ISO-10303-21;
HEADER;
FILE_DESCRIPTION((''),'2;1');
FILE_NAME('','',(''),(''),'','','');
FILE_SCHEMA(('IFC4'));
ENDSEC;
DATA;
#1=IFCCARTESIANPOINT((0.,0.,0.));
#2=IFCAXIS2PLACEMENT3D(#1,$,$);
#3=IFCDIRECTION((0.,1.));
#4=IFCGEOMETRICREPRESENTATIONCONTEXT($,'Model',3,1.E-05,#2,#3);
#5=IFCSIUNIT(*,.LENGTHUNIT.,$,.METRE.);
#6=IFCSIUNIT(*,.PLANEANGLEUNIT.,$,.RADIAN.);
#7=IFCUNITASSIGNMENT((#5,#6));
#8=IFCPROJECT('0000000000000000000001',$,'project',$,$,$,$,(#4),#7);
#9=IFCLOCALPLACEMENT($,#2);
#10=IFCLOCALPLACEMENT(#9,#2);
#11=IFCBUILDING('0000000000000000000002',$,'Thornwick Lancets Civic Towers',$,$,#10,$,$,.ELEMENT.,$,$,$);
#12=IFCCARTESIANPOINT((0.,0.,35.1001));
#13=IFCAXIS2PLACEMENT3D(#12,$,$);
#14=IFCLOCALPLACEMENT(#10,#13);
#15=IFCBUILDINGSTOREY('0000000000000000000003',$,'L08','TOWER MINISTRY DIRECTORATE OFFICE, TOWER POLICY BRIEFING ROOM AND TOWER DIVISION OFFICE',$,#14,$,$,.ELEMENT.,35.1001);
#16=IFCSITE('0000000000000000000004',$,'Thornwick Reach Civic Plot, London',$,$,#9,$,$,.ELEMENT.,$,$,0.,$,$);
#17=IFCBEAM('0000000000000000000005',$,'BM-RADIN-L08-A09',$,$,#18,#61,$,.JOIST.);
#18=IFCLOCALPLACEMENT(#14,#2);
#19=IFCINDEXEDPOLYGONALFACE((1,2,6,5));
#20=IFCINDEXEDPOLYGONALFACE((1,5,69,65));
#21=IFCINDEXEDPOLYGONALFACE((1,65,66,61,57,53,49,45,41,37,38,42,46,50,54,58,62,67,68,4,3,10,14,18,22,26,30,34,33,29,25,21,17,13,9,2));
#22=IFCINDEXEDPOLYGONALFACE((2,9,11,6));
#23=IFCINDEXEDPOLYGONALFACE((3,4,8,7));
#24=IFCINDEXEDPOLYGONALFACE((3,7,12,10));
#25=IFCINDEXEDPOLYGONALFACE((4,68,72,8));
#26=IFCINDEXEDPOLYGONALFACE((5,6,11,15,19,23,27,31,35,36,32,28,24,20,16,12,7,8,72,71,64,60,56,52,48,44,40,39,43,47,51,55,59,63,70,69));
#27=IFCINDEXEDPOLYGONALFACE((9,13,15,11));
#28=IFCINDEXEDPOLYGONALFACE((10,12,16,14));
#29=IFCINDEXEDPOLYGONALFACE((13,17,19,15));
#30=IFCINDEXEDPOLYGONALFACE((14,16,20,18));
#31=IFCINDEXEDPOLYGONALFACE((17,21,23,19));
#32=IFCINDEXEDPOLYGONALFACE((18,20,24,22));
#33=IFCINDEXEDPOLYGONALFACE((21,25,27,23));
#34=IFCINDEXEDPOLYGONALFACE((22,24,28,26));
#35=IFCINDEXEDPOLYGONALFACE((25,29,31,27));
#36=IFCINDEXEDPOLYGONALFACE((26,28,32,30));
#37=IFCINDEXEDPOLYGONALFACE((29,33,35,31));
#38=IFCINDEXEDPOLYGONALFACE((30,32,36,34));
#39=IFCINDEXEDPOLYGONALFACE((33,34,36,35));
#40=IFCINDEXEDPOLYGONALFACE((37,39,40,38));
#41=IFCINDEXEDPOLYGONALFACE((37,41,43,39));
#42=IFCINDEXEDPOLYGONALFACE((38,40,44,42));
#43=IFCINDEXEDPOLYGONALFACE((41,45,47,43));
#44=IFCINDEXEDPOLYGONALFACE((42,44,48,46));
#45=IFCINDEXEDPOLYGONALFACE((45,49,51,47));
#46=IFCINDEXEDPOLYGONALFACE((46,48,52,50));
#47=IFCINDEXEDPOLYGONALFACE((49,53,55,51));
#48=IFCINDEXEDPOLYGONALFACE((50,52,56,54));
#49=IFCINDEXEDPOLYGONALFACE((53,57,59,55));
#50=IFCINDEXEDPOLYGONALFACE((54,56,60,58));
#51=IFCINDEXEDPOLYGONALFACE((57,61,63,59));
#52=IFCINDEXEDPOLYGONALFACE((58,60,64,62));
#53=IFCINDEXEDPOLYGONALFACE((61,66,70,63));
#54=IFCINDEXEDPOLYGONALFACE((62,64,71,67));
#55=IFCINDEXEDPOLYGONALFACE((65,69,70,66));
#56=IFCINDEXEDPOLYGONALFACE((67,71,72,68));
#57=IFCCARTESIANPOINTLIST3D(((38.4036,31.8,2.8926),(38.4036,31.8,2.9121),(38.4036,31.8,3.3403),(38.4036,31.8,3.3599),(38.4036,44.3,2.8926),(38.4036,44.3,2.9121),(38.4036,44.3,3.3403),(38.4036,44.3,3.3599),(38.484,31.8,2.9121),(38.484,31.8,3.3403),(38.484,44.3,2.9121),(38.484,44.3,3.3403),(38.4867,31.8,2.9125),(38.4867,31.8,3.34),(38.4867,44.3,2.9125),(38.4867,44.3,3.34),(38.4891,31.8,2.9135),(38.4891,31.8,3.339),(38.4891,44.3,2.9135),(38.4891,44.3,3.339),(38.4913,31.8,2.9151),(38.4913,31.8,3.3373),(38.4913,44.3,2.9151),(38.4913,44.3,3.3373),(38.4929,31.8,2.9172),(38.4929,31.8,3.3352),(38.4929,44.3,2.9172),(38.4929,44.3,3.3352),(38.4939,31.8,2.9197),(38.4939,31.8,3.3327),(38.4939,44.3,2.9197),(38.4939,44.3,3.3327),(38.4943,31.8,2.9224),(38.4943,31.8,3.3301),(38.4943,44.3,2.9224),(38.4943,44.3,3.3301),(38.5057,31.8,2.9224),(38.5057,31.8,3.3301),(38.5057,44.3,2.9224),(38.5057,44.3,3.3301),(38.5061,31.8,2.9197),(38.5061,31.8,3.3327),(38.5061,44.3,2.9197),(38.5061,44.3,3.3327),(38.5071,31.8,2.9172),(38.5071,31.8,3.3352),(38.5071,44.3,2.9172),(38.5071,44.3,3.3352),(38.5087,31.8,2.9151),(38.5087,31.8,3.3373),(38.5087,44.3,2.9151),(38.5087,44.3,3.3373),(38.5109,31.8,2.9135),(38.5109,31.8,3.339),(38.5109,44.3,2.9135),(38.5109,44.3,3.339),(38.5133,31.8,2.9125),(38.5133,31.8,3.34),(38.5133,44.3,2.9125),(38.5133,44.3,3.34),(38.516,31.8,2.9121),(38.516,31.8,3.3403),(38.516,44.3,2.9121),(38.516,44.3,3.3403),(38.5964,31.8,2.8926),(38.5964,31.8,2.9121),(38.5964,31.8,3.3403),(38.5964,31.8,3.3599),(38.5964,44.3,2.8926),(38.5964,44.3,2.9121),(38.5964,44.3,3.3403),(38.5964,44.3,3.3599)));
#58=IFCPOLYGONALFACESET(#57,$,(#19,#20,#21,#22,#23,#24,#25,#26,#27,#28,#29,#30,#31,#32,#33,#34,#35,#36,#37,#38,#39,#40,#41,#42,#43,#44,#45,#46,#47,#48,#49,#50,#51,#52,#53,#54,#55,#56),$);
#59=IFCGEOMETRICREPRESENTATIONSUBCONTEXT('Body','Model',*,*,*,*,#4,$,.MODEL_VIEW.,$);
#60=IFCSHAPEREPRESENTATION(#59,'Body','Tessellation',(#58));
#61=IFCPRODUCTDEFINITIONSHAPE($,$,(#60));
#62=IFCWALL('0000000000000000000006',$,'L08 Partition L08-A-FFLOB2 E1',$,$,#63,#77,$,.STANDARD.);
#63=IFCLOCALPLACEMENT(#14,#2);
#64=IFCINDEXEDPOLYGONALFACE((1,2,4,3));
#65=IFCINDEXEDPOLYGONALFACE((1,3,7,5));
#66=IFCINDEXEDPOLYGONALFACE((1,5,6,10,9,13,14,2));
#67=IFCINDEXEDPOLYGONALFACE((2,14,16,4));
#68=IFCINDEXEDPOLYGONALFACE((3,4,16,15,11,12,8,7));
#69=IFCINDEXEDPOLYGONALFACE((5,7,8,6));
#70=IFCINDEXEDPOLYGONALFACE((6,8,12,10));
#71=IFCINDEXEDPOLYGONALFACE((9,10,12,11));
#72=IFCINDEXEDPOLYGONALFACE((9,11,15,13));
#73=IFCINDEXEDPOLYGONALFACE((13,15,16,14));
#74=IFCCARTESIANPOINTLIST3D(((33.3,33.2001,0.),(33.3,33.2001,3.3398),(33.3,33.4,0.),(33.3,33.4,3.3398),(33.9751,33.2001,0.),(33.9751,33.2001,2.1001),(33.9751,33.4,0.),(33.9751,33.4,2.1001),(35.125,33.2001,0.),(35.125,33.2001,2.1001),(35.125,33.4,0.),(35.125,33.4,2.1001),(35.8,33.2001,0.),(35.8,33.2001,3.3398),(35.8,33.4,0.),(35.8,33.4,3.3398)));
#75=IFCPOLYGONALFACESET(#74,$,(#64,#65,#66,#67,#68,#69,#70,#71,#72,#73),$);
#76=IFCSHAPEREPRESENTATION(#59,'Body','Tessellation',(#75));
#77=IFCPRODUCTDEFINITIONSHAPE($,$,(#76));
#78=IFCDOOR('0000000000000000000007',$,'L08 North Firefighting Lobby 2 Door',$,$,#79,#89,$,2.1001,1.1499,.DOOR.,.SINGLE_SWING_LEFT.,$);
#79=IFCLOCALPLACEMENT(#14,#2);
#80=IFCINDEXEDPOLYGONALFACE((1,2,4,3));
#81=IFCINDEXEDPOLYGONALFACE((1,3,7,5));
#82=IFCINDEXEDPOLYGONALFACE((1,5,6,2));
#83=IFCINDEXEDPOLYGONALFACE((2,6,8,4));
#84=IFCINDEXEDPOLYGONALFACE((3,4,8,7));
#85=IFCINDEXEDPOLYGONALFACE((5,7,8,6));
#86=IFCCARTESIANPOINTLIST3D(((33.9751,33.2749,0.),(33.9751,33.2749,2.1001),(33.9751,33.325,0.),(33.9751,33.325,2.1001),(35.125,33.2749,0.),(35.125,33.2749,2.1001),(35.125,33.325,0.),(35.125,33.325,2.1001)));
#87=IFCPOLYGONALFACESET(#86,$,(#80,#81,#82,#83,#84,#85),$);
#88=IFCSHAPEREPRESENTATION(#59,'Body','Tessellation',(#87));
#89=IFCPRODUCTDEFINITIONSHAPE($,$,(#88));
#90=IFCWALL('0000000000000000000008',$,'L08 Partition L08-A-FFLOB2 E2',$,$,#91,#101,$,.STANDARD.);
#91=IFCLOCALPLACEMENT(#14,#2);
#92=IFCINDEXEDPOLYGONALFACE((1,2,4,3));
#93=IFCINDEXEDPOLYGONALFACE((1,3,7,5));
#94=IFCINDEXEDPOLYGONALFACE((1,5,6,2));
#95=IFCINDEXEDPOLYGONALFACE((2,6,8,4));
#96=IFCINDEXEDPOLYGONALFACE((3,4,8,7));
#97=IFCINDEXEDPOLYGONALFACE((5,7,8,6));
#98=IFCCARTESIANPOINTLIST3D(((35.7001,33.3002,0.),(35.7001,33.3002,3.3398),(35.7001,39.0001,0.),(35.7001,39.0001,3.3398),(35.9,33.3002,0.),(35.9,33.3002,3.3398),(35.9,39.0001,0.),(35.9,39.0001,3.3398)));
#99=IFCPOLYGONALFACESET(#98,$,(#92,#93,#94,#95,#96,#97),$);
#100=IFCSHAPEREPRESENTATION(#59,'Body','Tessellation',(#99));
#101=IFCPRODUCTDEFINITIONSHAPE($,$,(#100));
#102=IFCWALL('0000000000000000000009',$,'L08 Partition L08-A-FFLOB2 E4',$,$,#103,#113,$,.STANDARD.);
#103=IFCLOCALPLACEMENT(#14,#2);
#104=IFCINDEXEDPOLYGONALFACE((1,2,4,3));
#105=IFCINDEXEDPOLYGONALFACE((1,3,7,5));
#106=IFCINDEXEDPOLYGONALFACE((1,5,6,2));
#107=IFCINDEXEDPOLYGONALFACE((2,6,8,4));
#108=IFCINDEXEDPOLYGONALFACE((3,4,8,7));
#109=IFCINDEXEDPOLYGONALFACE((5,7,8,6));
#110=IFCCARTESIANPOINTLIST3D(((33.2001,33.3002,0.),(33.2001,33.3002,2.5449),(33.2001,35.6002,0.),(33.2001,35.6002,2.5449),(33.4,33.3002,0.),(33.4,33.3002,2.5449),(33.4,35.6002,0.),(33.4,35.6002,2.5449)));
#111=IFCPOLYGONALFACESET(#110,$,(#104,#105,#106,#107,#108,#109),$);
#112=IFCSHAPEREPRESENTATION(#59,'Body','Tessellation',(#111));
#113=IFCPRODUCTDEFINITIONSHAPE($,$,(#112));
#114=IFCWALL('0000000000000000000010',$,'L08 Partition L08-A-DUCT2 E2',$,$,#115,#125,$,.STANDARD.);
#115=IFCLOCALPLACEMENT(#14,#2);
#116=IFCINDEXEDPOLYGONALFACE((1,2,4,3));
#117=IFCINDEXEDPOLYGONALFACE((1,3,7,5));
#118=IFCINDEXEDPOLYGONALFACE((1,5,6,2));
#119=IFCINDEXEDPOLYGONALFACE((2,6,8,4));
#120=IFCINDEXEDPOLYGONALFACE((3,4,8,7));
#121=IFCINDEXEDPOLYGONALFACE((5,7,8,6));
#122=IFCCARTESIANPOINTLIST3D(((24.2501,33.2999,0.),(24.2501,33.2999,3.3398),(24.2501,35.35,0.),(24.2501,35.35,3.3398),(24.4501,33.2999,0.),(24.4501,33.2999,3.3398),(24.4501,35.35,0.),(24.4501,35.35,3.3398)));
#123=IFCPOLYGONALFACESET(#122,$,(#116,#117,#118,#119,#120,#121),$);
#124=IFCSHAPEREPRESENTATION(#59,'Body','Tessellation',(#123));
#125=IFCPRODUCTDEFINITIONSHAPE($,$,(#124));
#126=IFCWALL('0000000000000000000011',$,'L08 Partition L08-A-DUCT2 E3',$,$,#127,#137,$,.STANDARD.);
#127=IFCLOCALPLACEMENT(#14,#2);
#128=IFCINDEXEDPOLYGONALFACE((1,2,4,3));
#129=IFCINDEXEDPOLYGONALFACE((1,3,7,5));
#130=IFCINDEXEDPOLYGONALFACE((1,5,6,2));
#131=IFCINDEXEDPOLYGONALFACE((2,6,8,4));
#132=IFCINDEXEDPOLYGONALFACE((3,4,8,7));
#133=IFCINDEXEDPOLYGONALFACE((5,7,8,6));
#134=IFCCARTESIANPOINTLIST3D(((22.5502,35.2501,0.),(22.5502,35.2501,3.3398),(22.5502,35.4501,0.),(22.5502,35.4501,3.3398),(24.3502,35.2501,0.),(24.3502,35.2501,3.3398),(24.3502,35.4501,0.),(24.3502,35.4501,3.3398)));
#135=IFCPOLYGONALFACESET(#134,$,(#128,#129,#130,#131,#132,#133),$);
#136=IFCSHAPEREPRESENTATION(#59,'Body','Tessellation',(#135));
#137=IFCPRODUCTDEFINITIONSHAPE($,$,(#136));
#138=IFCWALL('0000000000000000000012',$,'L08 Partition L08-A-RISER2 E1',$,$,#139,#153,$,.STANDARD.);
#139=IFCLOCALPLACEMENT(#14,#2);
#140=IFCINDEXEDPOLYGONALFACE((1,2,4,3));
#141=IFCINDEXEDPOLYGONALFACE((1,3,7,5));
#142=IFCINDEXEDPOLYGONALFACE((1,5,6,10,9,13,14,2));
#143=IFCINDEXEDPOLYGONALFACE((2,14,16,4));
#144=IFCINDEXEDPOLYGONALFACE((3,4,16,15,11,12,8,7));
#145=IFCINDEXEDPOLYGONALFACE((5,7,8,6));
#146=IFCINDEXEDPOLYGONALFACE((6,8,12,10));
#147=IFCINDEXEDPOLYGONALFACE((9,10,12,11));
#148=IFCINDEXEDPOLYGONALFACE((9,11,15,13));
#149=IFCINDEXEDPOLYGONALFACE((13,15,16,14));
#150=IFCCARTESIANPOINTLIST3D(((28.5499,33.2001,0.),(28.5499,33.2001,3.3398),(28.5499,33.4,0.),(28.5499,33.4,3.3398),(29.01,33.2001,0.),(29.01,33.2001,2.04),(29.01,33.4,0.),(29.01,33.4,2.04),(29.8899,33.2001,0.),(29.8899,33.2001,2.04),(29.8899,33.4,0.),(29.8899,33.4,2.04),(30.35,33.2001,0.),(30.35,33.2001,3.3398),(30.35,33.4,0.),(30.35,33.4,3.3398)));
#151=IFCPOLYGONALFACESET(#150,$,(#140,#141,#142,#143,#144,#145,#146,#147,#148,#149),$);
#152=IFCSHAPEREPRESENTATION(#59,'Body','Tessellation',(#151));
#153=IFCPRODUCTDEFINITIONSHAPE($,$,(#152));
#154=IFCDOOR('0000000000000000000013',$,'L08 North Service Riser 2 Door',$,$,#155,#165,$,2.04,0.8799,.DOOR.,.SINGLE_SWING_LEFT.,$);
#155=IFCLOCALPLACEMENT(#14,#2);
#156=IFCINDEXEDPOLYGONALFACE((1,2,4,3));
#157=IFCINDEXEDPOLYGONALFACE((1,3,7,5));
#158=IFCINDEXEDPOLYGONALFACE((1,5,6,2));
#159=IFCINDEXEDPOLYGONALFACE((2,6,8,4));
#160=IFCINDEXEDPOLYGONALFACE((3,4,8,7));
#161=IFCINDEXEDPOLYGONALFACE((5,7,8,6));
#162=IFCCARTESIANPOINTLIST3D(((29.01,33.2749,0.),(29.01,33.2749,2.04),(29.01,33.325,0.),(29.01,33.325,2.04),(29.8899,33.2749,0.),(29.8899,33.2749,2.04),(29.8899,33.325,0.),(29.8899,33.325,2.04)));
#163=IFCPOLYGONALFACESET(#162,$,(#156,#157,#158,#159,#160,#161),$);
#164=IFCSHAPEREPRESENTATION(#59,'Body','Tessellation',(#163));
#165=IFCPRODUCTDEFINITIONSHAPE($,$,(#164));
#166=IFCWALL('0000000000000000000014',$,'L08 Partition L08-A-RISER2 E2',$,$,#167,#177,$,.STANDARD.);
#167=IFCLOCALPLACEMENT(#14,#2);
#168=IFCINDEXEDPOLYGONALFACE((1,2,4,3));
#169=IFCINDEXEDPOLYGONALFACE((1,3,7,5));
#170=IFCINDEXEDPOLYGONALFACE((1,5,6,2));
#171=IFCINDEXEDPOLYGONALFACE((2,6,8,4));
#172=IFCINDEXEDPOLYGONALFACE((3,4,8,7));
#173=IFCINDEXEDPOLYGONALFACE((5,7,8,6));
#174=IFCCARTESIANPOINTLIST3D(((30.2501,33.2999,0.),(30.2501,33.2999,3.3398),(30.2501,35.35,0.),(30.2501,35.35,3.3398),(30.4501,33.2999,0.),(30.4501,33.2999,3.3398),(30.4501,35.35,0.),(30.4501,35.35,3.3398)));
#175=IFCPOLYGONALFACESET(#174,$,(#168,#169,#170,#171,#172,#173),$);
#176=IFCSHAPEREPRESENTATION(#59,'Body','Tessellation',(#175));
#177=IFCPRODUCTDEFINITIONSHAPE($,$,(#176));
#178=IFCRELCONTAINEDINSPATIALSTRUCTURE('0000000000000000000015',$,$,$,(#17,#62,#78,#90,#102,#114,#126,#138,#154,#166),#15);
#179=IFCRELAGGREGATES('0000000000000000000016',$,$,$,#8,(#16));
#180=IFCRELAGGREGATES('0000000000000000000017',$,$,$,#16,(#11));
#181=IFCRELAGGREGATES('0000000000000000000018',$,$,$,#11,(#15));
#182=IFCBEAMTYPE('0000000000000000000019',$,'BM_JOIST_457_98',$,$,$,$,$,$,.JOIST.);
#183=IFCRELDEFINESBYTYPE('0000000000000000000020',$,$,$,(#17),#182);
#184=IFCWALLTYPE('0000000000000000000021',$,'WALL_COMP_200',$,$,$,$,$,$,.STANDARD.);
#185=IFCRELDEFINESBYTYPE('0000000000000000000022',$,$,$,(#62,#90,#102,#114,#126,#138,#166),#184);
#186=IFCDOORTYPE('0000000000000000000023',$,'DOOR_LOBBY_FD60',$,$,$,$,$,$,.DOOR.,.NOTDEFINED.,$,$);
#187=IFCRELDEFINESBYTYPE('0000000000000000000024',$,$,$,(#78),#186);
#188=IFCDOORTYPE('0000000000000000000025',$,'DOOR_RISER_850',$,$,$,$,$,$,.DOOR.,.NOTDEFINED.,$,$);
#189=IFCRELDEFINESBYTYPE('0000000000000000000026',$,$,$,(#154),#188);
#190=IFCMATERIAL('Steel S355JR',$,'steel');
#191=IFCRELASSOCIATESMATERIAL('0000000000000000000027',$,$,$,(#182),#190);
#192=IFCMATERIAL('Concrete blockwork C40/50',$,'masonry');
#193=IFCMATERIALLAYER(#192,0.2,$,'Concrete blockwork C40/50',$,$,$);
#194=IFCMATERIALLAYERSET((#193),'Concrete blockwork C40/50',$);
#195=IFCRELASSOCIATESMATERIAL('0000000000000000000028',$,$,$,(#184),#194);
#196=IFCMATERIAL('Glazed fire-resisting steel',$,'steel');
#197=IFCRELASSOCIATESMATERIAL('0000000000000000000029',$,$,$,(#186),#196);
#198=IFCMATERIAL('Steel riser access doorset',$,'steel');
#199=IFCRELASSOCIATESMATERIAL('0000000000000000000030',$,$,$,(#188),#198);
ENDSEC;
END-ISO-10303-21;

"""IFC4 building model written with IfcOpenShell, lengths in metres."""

from ifc_helpers import new_model, si_unit, direction, frame, frame_2d, origin, origin_2d, place, context, subcontext, project, spatial, rectangle, i_section, extrude, material, layer, layer_set, material_profile, profile_set, type_object, element, fill, save


model = new_model("IFC4")

# Units and contexts
model_context = context("Model", 3, precision=1e-05, world=origin(), true_north=direction((0.0, 1.0)))
body_context = subcontext(model_context, "Body", "Model", "MODEL_VIEW")
ifc_project = project(units=[si_unit("LENGTHUNIT", "METRE"), si_unit("PLANEANGLEUNIT", "RADIAN")], contexts=[model_context])

# Site, building, storey
site_placement = place(None, origin())
site = spatial("IfcSite", under=ifc_project, at=site_placement, Name="Thornwick Reach Civic Plot, London", CompositionType="ELEMENT", RefElevation=0.0)
building_placement = place(site_placement, origin())
building = spatial("IfcBuilding", under=site, at=building_placement, Name="Thornwick Lancets Civic Towers", CompositionType="ELEMENT")
storey_placement = place(building_placement, frame((0.0, 0.0, 35.1001)))
storey = spatial("IfcBuildingStorey", under=building, at=storey_placement, Name="L08", Description="TOWER MINISTRY DIRECTORATE OFFICE, TOWER POLICY BRIEFING ROOM AND TOWER DIVISION OFFICE", CompositionType="ELEMENT", Elevation=35.1001)

# Beam
ifc_material_1 = material(Name="Steel S355JR", Category="steel")
ifc_material_profile_1 = material_profile(ifc_material_1, i_section(OverallWidth=0.1929, OverallDepth=0.4673, WebThickness=0.0115, FlangeThickness=0.0195, FilletRadius=0.0103, at=origin_2d()), Name="UKB 457x191x98")
ifc_profile_set_1 = profile_set([ifc_material_profile_1], Name="Steel S355JR")
beam_type_1 = type_object("IfcBeamType", Name="BM_JOIST_457_98", PredefinedType="JOIST", material=ifc_profile_set_1)
beam_1_placement = place(storey_placement, frame((38.5, 31.8, 3.1262), z_axis=(0.0, 1.0, 0.0), x_axis=(-1.0, 0.0, 0.0)))
element("IfcBeam", 1, at=beam_1_placement, inside=storey, type_object=beam_type_1, Name="BM-RADIN-L08-A09", PredefinedType="JOIST", context=body_context, shape_type="SweptSolid", body=[
    extrude(i_section(OverallWidth=0.1929, OverallDepth=0.4673, WebThickness=0.0115, FlangeThickness=0.0195, FilletRadius=0.0103, at=origin_2d()), origin(), (0.0, 0.0, 1.0), 12.5),
])

# Wall, opening, door
ifc_material_2 = material(Name="Concrete blockwork C40/50", Category="masonry")
ifc_layer_1 = layer(ifc_material_2, 0.2, Name="Concrete blockwork C40/50")
ifc_layer_set_1 = layer_set([ifc_layer_1], Name="Concrete blockwork C40/50")
wall_type_1 = type_object("IfcWallType", Name="WALL_COMP_200", PredefinedType="STANDARD", material=ifc_layer_set_1)
wall_1_placement = place(storey_placement, frame((33.3, 33.3, 0.0), z_axis=(0.0, 0.0, 1.0), x_axis=(1.0, 0.0, 0.0)))
wall_1 = element("IfcWall", 2, at=wall_1_placement, inside=storey, type_object=wall_type_1, Name="L08 Partition L08-A-FFLOB2 E1", PredefinedType="STANDARD", context=body_context, shape_type="SweptSolid", body=[
    extrude(rectangle(XDim=2.5, YDim=0.2, at=frame_2d((1.25, 0.0))), origin(), (0.0, 0.0, 1.0), 3.3398),
])
opening_1_placement = place(wall_1_placement, frame((0.675, 0.0, 0.0)))
opening_1 = element("IfcOpeningElement", 3, at=opening_1_placement, cuts=wall_1, PredefinedType="OPENING", context=body_context, shape_type="SweptSolid", body=[
    extrude(rectangle(XDim=1.1499, YDim=2.1001, at=frame_2d((0.575, 1.05))), frame((0.0, 0.1099, 0.0), z_axis=(0.0, -1.0, 0.0), x_axis=(1.0, 0.0, 0.0)), (0.0, 0.0, 1.0), 0.22),
])
ifc_material_3 = material(Name="Glazed fire-resisting steel", Category="steel")
door_type_1 = type_object("IfcDoorType", Name="DOOR_LOBBY_FD60", OperationType="NOTDEFINED", PredefinedType="DOOR", material=ifc_material_3)
door_1_placement = place(opening_1_placement, origin())
door_1 = element("IfcDoor", 4, at=door_1_placement, inside=storey, type_object=door_type_1, Name="L08 North Firefighting Lobby 2 Door", OperationType="SINGLE_SWING_LEFT", OverallHeight=2.1001, OverallWidth=1.1499, PredefinedType="DOOR", context=body_context, shape_type="SweptSolid", body=[
    extrude(rectangle(XDim=1.1499, YDim=2.1001, at=frame_2d((0.575, 1.05))), frame((0.0, 0.0249, 0.0), z_axis=(0.0, -1.0, 0.0), x_axis=(1.0, 0.0, 0.0)), (0.0, 0.0, 1.0), 0.05),
])
fill(opening_1, door_1)

# Walls
wall_2_placement = place(storey_placement, frame((35.8, 33.3, 0.0), z_axis=(0.0, 0.0, 1.0), x_axis=(0.0, 1.0, 0.0)))
element("IfcWall", 5, at=wall_2_placement, inside=storey, type_object=wall_type_1, Name="L08 Partition L08-A-FFLOB2 E2", PredefinedType="STANDARD", context=body_context, shape_type="SweptSolid", body=[
    extrude(rectangle(XDim=5.7, YDim=0.2, at=frame_2d((2.8501, 0.0))), origin(), (0.0, 0.0, 1.0), 3.3398),
])
wall_3_placement = place(storey_placement, frame((33.3, 35.6001, 0.0), z_axis=(0.0, 0.0, 1.0), x_axis=(0.0, -1.0, 0.0)))
element("IfcWall", 6, at=wall_3_placement, inside=storey, type_object=wall_type_1, Name="L08 Partition L08-A-FFLOB2 E4", PredefinedType="STANDARD", context=body_context, shape_type="SweptSolid", body=[
    extrude(rectangle(XDim=2.3, YDim=0.2, at=frame_2d((1.1499, 0.0))), origin(), (0.0, 0.0, 1.0), 2.5449),
])
wall_4_placement = place(storey_placement, frame((24.3501, 33.3, 0.0), z_axis=(0.0, 0.0, 1.0), x_axis=(0.0, 1.0, 0.0)))
element("IfcWall", 7, at=wall_4_placement, inside=storey, type_object=wall_type_1, Name="L08 Partition L08-A-DUCT2 E2", PredefinedType="STANDARD", context=body_context, shape_type="SweptSolid", body=[
    extrude(rectangle(XDim=2.05, YDim=0.2, at=frame_2d((1.0249, 0.0))), origin(), (0.0, 0.0, 1.0), 3.3398),
])
wall_5_placement = place(storey_placement, frame((24.3501, 35.3501, 0.0), z_axis=(0.0, 0.0, 1.0), x_axis=(-1.0, 0.0, 0.0)))
element("IfcWall", 8, at=wall_5_placement, inside=storey, type_object=wall_type_1, Name="L08 Partition L08-A-DUCT2 E3", PredefinedType="STANDARD", context=body_context, shape_type="SweptSolid", body=[
    extrude(rectangle(XDim=1.8, YDim=0.2, at=frame_2d((0.8999, 0.0))), origin(), (0.0, 0.0, 1.0), 3.3398),
])

# Wall, opening, door
wall_6_placement = place(storey_placement, frame((28.55, 33.3, 0.0), z_axis=(0.0, 0.0, 1.0), x_axis=(1.0, 0.0, 0.0)))
wall_6 = element("IfcWall", 9, at=wall_6_placement, inside=storey, type_object=wall_type_1, Name="L08 Partition L08-A-RISER2 E1", PredefinedType="STANDARD", context=body_context, shape_type="SweptSolid", body=[
    extrude(rectangle(XDim=1.8, YDim=0.2, at=frame_2d((0.8999, 0.0))), origin(), (0.0, 0.0, 1.0), 3.3398),
])
opening_2_placement = place(wall_6_placement, frame((0.46, 0.0, 0.0)))
opening_2 = element("IfcOpeningElement", 10, at=opening_2_placement, cuts=wall_6, PredefinedType="OPENING", context=body_context, shape_type="SweptSolid", body=[
    extrude(rectangle(XDim=0.8799, YDim=2.04, at=frame_2d((0.4399, 1.02))), frame((0.0, 0.1099, 0.0), z_axis=(0.0, -1.0, 0.0), x_axis=(1.0, 0.0, 0.0)), (0.0, 0.0, 1.0), 0.22),
])
ifc_material_4 = material(Name="Steel riser access doorset", Category="steel")
door_type_2 = type_object("IfcDoorType", Name="DOOR_RISER_850", OperationType="NOTDEFINED", PredefinedType="DOOR", material=ifc_material_4)
door_2_placement = place(opening_2_placement, origin())
door_2 = element("IfcDoor", 11, at=door_2_placement, inside=storey, type_object=door_type_2, Name="L08 North Service Riser 2 Door", OperationType="SINGLE_SWING_LEFT", OverallHeight=2.04, OverallWidth=0.8799, PredefinedType="DOOR", context=body_context, shape_type="SweptSolid", body=[
    extrude(rectangle(XDim=0.8799, YDim=2.04, at=frame_2d((0.4399, 1.02))), frame((0.0, 0.0249, 0.0), z_axis=(0.0, -1.0, 0.0), x_axis=(1.0, 0.0, 0.0)), (0.0, 0.0, 1.0), 0.05),
])
fill(opening_2, door_2)

# Wall
wall_7_placement = place(storey_placement, frame((30.3501, 33.3, 0.0), z_axis=(0.0, 0.0, 1.0), x_axis=(0.0, 1.0, 0.0)))
element("IfcWall", 12, at=wall_7_placement, inside=storey, type_object=wall_type_1, Name="L08 Partition L08-A-RISER2 E2", PredefinedType="STANDARD", context=body_context, shape_type="SweptSolid", body=[
    extrude(rectangle(XDim=2.05, YDim=0.2, at=frame_2d((1.0249, 0.0))), origin(), (0.0, 0.0, 1.0), 3.3398),
])

save(model, "model.ifc")
